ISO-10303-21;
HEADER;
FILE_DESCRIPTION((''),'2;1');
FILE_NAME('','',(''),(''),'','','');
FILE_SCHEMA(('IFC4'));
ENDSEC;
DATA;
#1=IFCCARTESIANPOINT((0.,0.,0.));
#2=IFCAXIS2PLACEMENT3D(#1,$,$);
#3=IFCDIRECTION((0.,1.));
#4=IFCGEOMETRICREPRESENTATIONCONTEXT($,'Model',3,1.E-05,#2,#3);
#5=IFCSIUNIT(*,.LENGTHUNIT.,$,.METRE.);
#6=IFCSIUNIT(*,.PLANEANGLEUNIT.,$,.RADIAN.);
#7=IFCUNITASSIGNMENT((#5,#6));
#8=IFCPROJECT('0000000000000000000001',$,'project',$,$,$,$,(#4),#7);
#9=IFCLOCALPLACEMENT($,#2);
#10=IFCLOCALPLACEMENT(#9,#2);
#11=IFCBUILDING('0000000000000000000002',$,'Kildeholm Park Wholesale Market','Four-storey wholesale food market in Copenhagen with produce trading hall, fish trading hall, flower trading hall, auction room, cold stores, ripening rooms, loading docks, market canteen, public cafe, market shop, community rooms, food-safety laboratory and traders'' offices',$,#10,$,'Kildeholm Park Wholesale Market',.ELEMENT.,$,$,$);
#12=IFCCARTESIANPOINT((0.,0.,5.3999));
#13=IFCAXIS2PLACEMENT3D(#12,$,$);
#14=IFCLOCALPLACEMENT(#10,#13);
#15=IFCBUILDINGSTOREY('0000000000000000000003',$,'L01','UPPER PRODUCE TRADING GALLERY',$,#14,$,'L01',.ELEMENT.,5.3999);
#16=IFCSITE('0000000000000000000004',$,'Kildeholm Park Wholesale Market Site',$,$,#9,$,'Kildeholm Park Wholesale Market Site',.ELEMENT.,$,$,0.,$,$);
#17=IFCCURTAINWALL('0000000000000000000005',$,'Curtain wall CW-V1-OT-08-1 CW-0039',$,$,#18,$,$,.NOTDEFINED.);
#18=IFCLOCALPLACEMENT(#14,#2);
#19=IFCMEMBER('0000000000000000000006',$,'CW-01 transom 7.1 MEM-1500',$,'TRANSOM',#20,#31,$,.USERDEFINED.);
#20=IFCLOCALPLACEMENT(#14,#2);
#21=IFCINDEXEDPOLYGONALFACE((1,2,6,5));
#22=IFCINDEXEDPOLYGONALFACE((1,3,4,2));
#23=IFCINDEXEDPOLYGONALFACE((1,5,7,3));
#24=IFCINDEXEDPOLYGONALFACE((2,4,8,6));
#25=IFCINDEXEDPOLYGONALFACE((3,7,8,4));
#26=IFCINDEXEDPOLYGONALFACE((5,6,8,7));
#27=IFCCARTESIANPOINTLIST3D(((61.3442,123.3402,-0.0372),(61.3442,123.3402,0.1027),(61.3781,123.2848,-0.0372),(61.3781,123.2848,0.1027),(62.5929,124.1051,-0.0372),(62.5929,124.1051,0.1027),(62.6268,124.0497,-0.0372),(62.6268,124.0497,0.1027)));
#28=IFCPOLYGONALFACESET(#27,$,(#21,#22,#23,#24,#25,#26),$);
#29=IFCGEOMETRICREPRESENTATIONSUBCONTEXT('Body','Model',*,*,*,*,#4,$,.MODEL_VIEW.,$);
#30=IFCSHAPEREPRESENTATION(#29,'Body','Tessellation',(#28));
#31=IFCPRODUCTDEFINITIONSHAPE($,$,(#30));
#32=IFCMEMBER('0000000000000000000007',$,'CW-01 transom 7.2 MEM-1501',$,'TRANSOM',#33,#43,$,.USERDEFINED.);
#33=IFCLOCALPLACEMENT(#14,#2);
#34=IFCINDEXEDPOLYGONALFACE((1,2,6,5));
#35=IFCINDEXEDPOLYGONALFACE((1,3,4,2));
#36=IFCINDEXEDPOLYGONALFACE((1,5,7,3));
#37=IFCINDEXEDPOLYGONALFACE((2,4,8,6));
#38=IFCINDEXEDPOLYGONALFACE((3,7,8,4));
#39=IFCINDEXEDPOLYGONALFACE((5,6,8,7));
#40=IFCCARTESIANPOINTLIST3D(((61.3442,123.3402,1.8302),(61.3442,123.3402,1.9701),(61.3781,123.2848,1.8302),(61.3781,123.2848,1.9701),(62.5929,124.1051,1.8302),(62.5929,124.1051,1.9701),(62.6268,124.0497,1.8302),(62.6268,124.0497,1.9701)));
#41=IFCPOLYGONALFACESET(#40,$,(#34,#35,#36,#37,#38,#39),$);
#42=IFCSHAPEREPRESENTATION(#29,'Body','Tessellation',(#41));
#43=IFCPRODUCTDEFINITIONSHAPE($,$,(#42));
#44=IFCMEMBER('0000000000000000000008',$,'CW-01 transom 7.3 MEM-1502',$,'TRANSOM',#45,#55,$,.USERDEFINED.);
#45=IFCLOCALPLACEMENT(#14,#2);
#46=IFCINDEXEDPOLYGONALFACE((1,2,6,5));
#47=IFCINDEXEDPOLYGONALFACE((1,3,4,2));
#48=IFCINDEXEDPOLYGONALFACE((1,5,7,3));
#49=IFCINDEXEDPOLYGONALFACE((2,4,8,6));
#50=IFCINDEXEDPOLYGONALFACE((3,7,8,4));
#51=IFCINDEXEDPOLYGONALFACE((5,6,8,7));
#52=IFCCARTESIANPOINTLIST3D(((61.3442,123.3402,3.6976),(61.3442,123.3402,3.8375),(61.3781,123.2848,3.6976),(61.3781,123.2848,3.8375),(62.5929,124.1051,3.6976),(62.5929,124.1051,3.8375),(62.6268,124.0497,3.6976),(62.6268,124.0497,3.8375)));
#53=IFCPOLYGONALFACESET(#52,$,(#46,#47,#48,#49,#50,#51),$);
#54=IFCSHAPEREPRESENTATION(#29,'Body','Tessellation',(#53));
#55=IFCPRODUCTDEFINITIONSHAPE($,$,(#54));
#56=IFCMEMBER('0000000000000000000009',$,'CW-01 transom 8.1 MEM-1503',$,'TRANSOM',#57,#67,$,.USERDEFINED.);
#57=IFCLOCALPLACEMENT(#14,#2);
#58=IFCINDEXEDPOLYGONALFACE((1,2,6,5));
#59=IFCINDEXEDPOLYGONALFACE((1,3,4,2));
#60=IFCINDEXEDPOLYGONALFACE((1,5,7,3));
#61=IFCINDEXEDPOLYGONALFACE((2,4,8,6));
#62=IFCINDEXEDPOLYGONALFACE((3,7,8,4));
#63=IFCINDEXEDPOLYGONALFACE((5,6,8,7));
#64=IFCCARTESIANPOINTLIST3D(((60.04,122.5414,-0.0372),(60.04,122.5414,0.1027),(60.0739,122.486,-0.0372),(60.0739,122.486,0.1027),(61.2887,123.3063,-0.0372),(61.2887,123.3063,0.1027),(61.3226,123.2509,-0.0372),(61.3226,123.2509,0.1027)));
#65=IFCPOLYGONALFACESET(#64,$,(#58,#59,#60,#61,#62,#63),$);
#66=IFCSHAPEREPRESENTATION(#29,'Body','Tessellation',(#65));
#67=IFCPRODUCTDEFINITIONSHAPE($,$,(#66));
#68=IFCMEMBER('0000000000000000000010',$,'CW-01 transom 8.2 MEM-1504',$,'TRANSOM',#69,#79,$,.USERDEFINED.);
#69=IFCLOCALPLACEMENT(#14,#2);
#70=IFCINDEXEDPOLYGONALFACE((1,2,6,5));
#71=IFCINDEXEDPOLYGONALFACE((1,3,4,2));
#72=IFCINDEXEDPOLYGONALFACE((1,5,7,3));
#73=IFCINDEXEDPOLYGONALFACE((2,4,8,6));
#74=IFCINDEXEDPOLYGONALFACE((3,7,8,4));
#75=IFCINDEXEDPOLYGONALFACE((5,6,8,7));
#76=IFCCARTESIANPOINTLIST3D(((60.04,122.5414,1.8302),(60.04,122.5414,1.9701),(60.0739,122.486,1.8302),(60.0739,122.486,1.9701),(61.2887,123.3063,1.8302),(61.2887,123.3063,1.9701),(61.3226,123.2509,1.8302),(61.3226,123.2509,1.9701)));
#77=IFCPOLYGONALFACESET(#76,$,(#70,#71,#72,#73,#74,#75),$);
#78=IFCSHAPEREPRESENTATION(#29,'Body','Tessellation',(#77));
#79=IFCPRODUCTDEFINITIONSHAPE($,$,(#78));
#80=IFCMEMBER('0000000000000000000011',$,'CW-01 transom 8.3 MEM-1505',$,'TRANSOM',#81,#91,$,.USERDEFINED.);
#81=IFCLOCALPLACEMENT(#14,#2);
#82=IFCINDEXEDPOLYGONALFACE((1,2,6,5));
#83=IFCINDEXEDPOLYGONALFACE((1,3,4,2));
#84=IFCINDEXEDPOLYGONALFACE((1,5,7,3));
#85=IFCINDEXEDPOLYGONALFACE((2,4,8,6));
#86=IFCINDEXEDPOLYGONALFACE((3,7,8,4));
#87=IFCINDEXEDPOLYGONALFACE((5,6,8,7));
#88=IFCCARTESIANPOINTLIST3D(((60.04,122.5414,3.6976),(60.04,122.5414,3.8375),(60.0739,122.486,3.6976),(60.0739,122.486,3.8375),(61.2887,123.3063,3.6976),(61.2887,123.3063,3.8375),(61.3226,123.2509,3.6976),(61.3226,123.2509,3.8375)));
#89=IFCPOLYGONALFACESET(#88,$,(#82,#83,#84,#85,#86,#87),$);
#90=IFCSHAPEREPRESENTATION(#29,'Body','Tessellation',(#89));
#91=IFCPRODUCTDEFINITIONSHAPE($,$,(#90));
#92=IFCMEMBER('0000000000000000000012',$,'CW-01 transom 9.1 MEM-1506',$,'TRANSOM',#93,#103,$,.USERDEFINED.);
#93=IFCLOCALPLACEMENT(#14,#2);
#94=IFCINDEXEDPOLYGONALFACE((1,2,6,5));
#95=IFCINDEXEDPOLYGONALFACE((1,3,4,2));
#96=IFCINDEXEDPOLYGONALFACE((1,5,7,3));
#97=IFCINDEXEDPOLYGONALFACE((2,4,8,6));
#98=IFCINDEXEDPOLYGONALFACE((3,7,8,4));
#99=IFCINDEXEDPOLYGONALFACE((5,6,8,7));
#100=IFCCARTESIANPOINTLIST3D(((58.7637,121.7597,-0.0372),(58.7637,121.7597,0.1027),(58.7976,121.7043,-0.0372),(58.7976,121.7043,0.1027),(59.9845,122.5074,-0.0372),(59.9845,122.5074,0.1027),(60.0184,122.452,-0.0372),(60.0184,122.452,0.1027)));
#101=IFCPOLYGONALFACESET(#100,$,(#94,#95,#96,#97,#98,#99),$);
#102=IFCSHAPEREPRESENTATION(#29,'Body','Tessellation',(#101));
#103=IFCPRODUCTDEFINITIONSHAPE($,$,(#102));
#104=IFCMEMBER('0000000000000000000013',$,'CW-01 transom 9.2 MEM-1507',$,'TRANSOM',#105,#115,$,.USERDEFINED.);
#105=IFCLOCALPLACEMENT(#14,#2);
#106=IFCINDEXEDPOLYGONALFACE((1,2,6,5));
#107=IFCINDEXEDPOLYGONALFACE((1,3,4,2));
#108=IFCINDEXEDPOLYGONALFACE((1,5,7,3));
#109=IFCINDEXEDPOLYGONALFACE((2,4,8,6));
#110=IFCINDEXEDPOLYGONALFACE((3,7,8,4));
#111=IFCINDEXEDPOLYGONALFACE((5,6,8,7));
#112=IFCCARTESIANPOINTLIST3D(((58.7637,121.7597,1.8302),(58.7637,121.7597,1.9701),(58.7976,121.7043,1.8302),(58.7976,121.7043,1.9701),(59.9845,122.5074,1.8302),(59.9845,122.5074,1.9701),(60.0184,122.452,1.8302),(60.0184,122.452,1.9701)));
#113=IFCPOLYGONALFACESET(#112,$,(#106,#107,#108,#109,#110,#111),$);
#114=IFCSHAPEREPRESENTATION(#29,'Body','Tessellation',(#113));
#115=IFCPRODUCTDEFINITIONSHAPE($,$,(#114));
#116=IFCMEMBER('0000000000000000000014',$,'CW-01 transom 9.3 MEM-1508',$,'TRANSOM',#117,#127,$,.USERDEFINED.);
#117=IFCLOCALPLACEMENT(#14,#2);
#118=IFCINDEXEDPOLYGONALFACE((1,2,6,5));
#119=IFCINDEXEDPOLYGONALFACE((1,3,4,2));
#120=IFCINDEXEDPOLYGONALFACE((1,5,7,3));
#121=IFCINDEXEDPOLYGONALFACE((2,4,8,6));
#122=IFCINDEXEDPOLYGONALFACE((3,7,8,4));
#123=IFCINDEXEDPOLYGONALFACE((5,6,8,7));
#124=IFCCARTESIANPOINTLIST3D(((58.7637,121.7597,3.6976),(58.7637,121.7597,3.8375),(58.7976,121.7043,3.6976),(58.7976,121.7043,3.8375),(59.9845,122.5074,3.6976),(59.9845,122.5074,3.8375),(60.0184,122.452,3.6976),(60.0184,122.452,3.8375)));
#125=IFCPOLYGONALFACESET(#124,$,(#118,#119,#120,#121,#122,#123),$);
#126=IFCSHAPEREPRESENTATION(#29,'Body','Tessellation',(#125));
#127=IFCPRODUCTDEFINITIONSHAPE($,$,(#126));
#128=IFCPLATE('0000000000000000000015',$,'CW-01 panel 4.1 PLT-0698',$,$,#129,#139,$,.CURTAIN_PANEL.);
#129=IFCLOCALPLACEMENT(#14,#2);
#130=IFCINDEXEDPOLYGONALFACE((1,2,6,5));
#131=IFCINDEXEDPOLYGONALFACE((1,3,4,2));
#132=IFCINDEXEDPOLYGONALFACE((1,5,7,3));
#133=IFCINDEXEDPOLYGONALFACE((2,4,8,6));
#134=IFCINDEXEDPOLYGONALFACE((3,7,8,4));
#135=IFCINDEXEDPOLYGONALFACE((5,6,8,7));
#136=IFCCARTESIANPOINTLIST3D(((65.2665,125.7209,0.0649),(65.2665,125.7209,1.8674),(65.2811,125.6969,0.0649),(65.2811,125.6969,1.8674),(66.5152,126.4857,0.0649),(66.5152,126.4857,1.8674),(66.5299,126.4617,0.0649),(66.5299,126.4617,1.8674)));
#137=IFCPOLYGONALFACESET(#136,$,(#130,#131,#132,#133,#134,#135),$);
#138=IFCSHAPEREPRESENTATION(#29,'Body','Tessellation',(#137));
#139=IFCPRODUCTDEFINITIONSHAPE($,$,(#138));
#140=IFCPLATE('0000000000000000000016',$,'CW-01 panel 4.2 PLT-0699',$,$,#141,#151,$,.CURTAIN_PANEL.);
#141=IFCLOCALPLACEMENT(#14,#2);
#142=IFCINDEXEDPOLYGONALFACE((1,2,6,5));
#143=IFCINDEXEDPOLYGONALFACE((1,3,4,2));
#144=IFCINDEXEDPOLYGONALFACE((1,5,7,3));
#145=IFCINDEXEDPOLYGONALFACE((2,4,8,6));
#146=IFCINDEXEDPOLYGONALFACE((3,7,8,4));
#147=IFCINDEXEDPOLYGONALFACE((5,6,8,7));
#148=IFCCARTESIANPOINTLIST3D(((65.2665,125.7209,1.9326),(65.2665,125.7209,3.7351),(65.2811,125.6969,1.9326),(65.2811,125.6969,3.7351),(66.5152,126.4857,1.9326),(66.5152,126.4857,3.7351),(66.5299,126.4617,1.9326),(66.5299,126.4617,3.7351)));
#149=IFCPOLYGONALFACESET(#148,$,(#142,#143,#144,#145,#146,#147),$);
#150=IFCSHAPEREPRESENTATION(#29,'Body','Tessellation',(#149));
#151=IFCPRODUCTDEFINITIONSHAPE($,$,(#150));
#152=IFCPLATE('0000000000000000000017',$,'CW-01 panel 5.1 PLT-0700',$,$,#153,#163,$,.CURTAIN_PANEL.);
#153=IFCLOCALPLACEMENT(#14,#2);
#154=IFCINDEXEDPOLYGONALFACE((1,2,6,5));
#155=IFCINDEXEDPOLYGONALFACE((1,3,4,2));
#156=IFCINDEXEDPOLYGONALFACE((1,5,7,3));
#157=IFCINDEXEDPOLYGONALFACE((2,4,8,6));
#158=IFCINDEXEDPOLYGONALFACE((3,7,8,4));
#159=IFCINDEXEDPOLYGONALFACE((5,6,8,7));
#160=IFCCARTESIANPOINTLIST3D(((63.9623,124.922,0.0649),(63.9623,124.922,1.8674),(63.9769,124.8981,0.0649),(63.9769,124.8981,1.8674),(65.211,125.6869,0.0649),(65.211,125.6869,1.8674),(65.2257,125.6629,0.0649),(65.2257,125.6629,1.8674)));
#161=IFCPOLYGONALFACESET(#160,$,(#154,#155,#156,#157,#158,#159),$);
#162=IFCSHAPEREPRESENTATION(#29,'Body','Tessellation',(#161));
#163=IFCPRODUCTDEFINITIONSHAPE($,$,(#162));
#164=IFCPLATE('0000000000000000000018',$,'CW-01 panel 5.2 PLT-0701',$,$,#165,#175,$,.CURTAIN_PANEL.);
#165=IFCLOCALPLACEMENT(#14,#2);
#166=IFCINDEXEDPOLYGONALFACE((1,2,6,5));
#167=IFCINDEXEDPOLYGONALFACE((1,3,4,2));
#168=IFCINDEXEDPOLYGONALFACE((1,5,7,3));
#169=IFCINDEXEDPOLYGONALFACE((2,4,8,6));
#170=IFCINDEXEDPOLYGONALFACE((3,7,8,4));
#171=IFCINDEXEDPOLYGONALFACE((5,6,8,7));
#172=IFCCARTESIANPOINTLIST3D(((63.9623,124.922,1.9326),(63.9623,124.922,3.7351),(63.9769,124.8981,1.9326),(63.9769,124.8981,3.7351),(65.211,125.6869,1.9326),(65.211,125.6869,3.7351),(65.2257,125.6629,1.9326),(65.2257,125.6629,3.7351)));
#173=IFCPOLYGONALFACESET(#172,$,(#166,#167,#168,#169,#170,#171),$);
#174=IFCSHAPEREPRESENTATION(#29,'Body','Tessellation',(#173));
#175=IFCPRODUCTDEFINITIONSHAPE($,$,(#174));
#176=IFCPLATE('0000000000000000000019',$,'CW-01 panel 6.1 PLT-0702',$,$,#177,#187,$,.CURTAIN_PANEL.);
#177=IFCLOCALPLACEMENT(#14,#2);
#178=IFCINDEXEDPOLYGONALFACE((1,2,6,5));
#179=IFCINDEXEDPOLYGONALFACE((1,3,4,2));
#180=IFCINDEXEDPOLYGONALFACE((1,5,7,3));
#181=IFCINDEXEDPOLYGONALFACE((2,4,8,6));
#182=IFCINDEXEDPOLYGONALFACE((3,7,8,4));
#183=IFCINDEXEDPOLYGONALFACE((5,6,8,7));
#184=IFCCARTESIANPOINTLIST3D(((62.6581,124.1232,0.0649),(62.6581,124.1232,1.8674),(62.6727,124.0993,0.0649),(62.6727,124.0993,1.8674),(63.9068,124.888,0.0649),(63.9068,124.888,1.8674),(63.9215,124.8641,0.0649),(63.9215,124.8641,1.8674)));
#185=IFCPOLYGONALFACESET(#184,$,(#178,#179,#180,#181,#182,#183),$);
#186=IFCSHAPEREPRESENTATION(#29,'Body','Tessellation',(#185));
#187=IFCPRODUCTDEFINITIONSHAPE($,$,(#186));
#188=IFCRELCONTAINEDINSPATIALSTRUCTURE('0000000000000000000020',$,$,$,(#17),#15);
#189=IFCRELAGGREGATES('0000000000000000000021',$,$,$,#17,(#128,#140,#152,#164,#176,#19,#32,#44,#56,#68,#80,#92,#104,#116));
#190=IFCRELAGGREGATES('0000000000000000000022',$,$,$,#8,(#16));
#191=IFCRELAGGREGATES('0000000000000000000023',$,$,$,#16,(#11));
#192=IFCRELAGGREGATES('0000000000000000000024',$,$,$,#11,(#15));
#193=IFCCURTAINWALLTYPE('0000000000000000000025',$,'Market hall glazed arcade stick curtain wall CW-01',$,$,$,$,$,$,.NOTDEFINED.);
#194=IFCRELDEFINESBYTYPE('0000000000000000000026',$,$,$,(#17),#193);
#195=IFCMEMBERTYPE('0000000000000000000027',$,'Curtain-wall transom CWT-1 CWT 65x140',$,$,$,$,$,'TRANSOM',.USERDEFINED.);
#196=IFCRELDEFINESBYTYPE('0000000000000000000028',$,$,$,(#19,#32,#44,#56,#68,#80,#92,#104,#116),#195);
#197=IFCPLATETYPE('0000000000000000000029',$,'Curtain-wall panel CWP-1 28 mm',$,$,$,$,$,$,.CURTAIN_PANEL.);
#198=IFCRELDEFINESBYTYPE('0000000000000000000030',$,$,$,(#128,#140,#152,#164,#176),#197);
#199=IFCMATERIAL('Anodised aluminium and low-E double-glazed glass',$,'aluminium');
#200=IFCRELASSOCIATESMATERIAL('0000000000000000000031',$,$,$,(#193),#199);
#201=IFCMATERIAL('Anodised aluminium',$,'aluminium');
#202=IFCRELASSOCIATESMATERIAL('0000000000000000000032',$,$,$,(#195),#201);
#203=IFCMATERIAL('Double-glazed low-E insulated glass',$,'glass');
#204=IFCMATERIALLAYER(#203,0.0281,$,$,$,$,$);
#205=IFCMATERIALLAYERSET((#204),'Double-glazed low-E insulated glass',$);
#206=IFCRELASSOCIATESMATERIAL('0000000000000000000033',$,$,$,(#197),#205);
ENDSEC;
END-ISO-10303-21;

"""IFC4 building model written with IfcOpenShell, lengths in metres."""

from ifc_helpers import new_model, si_unit, direction, frame, origin, origin_2d, place, context, subcontext, project, spatial, rectangle, extrude, material, layer, layer_set, material_profile, profile_set, type_object, element, aggregate, save


model = new_model("IFC4")

# Units and contexts
model_context = context("Model", 3, precision=1e-05, world=origin(), true_north=direction((0.0, 1.0)))
body_context = subcontext(model_context, "Body", "Model", "MODEL_VIEW")
ifc_project = project(units=[si_unit("LENGTHUNIT", "METRE"), si_unit("PLANEANGLEUNIT", "RADIAN")], contexts=[model_context])

# Site, building, storey
site_placement = place(None, origin())
site = spatial("IfcSite", under=ifc_project, at=site_placement, Name="Kildeholm Park Wholesale Market Site", LongName="Kildeholm Park Wholesale Market Site", CompositionType="ELEMENT", RefElevation=0.0)
building_placement = place(site_placement, origin())
building = spatial("IfcBuilding", under=site, at=building_placement, Name="Kildeholm Park Wholesale Market", Description="Four-storey wholesale food market in Copenhagen with produce trading hall, fish trading hall, flower trading hall, auction room, cold stores, ripening rooms, loading docks, market canteen, public cafe, market shop, community rooms, food-safety laboratory and traders' offices", LongName="Kildeholm Park Wholesale Market", CompositionType="ELEMENT")
storey_placement = place(building_placement, frame((0.0, 0.0, 5.3999)))
storey = spatial("IfcBuildingStorey", under=building, at=storey_placement, Name="L01", Description="UPPER PRODUCE TRADING GALLERY", LongName="L01", CompositionType="ELEMENT", Elevation=5.3999)

# Curtain wall
ifc_material_1 = material(Name="Anodised aluminium and low-E double-glazed glass", Category="aluminium")
curtain_wall_type = type_object("IfcCurtainWallType", Name="Market hall glazed arcade stick curtain wall CW-01", PredefinedType="NOTDEFINED", material=ifc_material_1)
curtain_wall_1_placement = place(storey_placement, origin())
curtain_wall_1 = element("IfcCurtainWall", 1, at=curtain_wall_1_placement, inside=storey, type_object=curtain_wall_type, Name="Curtain wall CW-V1-OT-08-1 CW-0039", PredefinedType="NOTDEFINED")
ifc_material_2 = material(Name="Anodised aluminium", Category="aluminium")

# Members
ifc_material_profile_1 = material_profile(ifc_material_2, rectangle(XDim=0.0649, YDim=0.1399, at=origin_2d()), Name="CWT 65x140")
ifc_profile_set_1 = profile_set([ifc_material_profile_1], Name="Anodised aluminium")
member_type_1 = type_object("IfcMemberType", Name="Curtain-wall transom CWT-1 CWT 65x140", ElementType="TRANSOM", PredefinedType="USERDEFINED", material=ifc_profile_set_1)
member_1_placement = place(storey_placement, frame((62.6099, 124.0774, 0.0327), z_axis=(-0.85275, -0.52232, 0.0), x_axis=(0.52232, -0.85275, 0.0)))
member_1 = element("IfcMember", 2, at=member_1_placement, type_object=member_type_1, Name="CW-01 transom 7.1 MEM-1500", ObjectType="TRANSOM", PredefinedType="USERDEFINED", context=body_context, shape_type="SweptSolid", body=[
    extrude(rectangle(XDim=0.0649, YDim=0.1399, at=origin_2d()), origin(), (0.0, 0.0, 1.0), 1.4644),
])
member_2_placement = place(storey_placement, frame((62.6099, 124.0774, 1.9001), z_axis=(-0.85275, -0.52232, 0.0), x_axis=(0.52232, -0.85275, 0.0)))
member_2 = element("IfcMember", 3, at=member_2_placement, type_object=member_type_1, Name="CW-01 transom 7.2 MEM-1501", ObjectType="TRANSOM", PredefinedType="USERDEFINED", context=body_context, shape_type="SweptSolid", body=[
    extrude(rectangle(XDim=0.0649, YDim=0.1399, at=origin_2d()), origin(), (0.0, 0.0, 1.0), 1.4644),
])
member_3_placement = place(storey_placement, frame((62.6099, 124.0774, 3.7676), z_axis=(-0.85275, -0.52232, 0.0), x_axis=(0.52232, -0.85275, 0.0)))
member_3 = element("IfcMember", 4, at=member_3_placement, type_object=member_type_1, Name="CW-01 transom 7.3 MEM-1502", ObjectType="TRANSOM", PredefinedType="USERDEFINED", context=body_context, shape_type="SweptSolid", body=[
    extrude(rectangle(XDim=0.0649, YDim=0.1399, at=origin_2d()), origin(), (0.0, 0.0, 1.0), 1.4644),
])
member_4_placement = place(storey_placement, frame((61.3057, 123.2786, 0.0327), z_axis=(-0.85275, -0.52232, 0.0), x_axis=(0.52232, -0.85275, 0.0)))
member_4 = element("IfcMember", 5, at=member_4_placement, type_object=member_type_1, Name="CW-01 transom 8.1 MEM-1503", ObjectType="TRANSOM", PredefinedType="USERDEFINED", context=body_context, shape_type="SweptSolid", body=[
    extrude(rectangle(XDim=0.0649, YDim=0.1399, at=origin_2d()), origin(), (0.0, 0.0, 1.0), 1.4644),
])
member_5_placement = place(storey_placement, frame((61.3057, 123.2786, 1.9001), z_axis=(-0.85275, -0.52232, 0.0), x_axis=(0.52232, -0.85275, 0.0)))
member_5 = element("IfcMember", 6, at=member_5_placement, type_object=member_type_1, Name="CW-01 transom 8.2 MEM-1504", ObjectType="TRANSOM", PredefinedType="USERDEFINED", context=body_context, shape_type="SweptSolid", body=[
    extrude(rectangle(XDim=0.0649, YDim=0.1399, at=origin_2d()), origin(), (0.0, 0.0, 1.0), 1.4644),
])
member_6_placement = place(storey_placement, frame((61.3057, 123.2786, 3.7676), z_axis=(-0.85275, -0.52232, 0.0), x_axis=(0.52232, -0.85275, 0.0)))
member_6 = element("IfcMember", 7, at=member_6_placement, type_object=member_type_1, Name="CW-01 transom 8.3 MEM-1505", ObjectType="TRANSOM", PredefinedType="USERDEFINED", context=body_context, shape_type="SweptSolid", body=[
    extrude(rectangle(XDim=0.0649, YDim=0.1399, at=origin_2d()), origin(), (0.0, 0.0, 1.0), 1.4644),
])
member_7_placement = place(storey_placement, frame((60.0015, 122.4797, 0.0327), z_axis=(-0.852763, -0.522298, 0.0), x_axis=(0.522298, -0.852763, 0.0)))
member_7 = element("IfcMember", 8, at=member_7_placement, type_object=member_type_1, Name="CW-01 transom 9.1 MEM-1506", ObjectType="TRANSOM", PredefinedType="USERDEFINED", context=body_context, shape_type="SweptSolid", body=[
    extrude(rectangle(XDim=0.0649, YDim=0.1399, at=origin_2d()), origin(), (0.0, 0.0, 1.0), 1.4316),
])
member_8_placement = place(storey_placement, frame((60.0015, 122.4797, 1.9001), z_axis=(-0.852763, -0.522298, 0.0), x_axis=(0.522298, -0.852763, 0.0)))
member_8 = element("IfcMember", 9, at=member_8_placement, type_object=member_type_1, Name="CW-01 transom 9.2 MEM-1507", ObjectType="TRANSOM", PredefinedType="USERDEFINED", context=body_context, shape_type="SweptSolid", body=[
    extrude(rectangle(XDim=0.0649, YDim=0.1399, at=origin_2d()), origin(), (0.0, 0.0, 1.0), 1.4316),
])
member_9_placement = place(storey_placement, frame((60.0015, 122.4797, 3.7676), z_axis=(-0.852763, -0.522298, 0.0), x_axis=(0.522298, -0.852763, 0.0)))
member_9 = element("IfcMember", 10, at=member_9_placement, type_object=member_type_1, Name="CW-01 transom 9.3 MEM-1508", ObjectType="TRANSOM", PredefinedType="USERDEFINED", context=body_context, shape_type="SweptSolid", body=[
    extrude(rectangle(XDim=0.0649, YDim=0.1399, at=origin_2d()), origin(), (0.0, 0.0, 1.0), 1.4316),
])

# Plates
ifc_material_3 = material(Name="Double-glazed low-E insulated glass", Category="glass")
ifc_layer = layer(ifc_material_3, 0.0281)
ifc_layer_set = layer_set([ifc_layer], Name="Double-glazed low-E insulated glass")
plate_type = type_object("IfcPlateType", Name="Curtain-wall panel CWP-1 28 mm", PredefinedType="CURTAIN_PANEL", material=ifc_layer_set)
plate_1_placement = place(storey_placement, frame((65.8982, 126.0913, 0.0649), z_axis=(0.0, 0.0, 1.0), x_axis=(-0.852771, -0.522284, 0.0)))
plate_1 = element("IfcPlate", 11, at=plate_1_placement, type_object=plate_type, Name="CW-01 panel 4.1 PLT-0698", PredefinedType="CURTAIN_PANEL", context=body_context, shape_type="SweptSolid", body=[
    extrude(rectangle(XDim=1.4644, YDim=0.0281, at=origin_2d()), origin(), (0.0, 0.0, 1.0), 1.8025),
])
plate_2_placement = place(storey_placement, frame((65.8982, 126.0913, 1.9326), z_axis=(0.0, 0.0, 1.0), x_axis=(-0.852771, -0.522284, 0.0)))
plate_2 = element("IfcPlate", 12, at=plate_2_placement, type_object=plate_type, Name="CW-01 panel 4.2 PLT-0699", PredefinedType="CURTAIN_PANEL", context=body_context, shape_type="SweptSolid", body=[
    extrude(rectangle(XDim=1.4644, YDim=0.0281, at=origin_2d()), origin(), (0.0, 0.0, 1.0), 1.8025),
])
plate_3_placement = place(storey_placement, frame((64.594, 125.2925, 0.0649), z_axis=(0.0, 0.0, 1.0), x_axis=(-0.852771, -0.522284, 0.0)))
plate_3 = element("IfcPlate", 13, at=plate_3_placement, type_object=plate_type, Name="CW-01 panel 5.1 PLT-0700", PredefinedType="CURTAIN_PANEL", context=body_context, shape_type="SweptSolid", body=[
    extrude(rectangle(XDim=1.4644, YDim=0.0281, at=origin_2d()), origin(), (0.0, 0.0, 1.0), 1.8025),
])
plate_4_placement = place(storey_placement, frame((64.594, 125.2925, 1.9326), z_axis=(0.0, 0.0, 1.0), x_axis=(-0.852771, -0.522284, 0.0)))
plate_4 = element("IfcPlate", 14, at=plate_4_placement, type_object=plate_type, Name="CW-01 panel 5.2 PLT-0701", PredefinedType="CURTAIN_PANEL", context=body_context, shape_type="SweptSolid", body=[
    extrude(rectangle(XDim=1.4644, YDim=0.0281, at=origin_2d()), origin(), (0.0, 0.0, 1.0), 1.8025),
])
plate_5_placement = place(storey_placement, frame((63.2898, 124.4937, 0.0649), z_axis=(0.0, 0.0, 1.0), x_axis=(-0.852771, -0.522284, 0.0)))
plate_5 = element("IfcPlate", 15, at=plate_5_placement, type_object=plate_type, Name="CW-01 panel 6.1 PLT-0702", PredefinedType="CURTAIN_PANEL", context=body_context, shape_type="SweptSolid", body=[
    extrude(rectangle(XDim=1.4644, YDim=0.0281, at=origin_2d()), origin(), (0.0, 0.0, 1.0), 1.8025),
])
aggregate(curtain_wall_1, [plate_1, plate_2, plate_3, plate_4, plate_5, member_1, member_2, member_3, member_4, member_5, member_6, member_7, member_8, member_9])

save(model, "model.ifc")
